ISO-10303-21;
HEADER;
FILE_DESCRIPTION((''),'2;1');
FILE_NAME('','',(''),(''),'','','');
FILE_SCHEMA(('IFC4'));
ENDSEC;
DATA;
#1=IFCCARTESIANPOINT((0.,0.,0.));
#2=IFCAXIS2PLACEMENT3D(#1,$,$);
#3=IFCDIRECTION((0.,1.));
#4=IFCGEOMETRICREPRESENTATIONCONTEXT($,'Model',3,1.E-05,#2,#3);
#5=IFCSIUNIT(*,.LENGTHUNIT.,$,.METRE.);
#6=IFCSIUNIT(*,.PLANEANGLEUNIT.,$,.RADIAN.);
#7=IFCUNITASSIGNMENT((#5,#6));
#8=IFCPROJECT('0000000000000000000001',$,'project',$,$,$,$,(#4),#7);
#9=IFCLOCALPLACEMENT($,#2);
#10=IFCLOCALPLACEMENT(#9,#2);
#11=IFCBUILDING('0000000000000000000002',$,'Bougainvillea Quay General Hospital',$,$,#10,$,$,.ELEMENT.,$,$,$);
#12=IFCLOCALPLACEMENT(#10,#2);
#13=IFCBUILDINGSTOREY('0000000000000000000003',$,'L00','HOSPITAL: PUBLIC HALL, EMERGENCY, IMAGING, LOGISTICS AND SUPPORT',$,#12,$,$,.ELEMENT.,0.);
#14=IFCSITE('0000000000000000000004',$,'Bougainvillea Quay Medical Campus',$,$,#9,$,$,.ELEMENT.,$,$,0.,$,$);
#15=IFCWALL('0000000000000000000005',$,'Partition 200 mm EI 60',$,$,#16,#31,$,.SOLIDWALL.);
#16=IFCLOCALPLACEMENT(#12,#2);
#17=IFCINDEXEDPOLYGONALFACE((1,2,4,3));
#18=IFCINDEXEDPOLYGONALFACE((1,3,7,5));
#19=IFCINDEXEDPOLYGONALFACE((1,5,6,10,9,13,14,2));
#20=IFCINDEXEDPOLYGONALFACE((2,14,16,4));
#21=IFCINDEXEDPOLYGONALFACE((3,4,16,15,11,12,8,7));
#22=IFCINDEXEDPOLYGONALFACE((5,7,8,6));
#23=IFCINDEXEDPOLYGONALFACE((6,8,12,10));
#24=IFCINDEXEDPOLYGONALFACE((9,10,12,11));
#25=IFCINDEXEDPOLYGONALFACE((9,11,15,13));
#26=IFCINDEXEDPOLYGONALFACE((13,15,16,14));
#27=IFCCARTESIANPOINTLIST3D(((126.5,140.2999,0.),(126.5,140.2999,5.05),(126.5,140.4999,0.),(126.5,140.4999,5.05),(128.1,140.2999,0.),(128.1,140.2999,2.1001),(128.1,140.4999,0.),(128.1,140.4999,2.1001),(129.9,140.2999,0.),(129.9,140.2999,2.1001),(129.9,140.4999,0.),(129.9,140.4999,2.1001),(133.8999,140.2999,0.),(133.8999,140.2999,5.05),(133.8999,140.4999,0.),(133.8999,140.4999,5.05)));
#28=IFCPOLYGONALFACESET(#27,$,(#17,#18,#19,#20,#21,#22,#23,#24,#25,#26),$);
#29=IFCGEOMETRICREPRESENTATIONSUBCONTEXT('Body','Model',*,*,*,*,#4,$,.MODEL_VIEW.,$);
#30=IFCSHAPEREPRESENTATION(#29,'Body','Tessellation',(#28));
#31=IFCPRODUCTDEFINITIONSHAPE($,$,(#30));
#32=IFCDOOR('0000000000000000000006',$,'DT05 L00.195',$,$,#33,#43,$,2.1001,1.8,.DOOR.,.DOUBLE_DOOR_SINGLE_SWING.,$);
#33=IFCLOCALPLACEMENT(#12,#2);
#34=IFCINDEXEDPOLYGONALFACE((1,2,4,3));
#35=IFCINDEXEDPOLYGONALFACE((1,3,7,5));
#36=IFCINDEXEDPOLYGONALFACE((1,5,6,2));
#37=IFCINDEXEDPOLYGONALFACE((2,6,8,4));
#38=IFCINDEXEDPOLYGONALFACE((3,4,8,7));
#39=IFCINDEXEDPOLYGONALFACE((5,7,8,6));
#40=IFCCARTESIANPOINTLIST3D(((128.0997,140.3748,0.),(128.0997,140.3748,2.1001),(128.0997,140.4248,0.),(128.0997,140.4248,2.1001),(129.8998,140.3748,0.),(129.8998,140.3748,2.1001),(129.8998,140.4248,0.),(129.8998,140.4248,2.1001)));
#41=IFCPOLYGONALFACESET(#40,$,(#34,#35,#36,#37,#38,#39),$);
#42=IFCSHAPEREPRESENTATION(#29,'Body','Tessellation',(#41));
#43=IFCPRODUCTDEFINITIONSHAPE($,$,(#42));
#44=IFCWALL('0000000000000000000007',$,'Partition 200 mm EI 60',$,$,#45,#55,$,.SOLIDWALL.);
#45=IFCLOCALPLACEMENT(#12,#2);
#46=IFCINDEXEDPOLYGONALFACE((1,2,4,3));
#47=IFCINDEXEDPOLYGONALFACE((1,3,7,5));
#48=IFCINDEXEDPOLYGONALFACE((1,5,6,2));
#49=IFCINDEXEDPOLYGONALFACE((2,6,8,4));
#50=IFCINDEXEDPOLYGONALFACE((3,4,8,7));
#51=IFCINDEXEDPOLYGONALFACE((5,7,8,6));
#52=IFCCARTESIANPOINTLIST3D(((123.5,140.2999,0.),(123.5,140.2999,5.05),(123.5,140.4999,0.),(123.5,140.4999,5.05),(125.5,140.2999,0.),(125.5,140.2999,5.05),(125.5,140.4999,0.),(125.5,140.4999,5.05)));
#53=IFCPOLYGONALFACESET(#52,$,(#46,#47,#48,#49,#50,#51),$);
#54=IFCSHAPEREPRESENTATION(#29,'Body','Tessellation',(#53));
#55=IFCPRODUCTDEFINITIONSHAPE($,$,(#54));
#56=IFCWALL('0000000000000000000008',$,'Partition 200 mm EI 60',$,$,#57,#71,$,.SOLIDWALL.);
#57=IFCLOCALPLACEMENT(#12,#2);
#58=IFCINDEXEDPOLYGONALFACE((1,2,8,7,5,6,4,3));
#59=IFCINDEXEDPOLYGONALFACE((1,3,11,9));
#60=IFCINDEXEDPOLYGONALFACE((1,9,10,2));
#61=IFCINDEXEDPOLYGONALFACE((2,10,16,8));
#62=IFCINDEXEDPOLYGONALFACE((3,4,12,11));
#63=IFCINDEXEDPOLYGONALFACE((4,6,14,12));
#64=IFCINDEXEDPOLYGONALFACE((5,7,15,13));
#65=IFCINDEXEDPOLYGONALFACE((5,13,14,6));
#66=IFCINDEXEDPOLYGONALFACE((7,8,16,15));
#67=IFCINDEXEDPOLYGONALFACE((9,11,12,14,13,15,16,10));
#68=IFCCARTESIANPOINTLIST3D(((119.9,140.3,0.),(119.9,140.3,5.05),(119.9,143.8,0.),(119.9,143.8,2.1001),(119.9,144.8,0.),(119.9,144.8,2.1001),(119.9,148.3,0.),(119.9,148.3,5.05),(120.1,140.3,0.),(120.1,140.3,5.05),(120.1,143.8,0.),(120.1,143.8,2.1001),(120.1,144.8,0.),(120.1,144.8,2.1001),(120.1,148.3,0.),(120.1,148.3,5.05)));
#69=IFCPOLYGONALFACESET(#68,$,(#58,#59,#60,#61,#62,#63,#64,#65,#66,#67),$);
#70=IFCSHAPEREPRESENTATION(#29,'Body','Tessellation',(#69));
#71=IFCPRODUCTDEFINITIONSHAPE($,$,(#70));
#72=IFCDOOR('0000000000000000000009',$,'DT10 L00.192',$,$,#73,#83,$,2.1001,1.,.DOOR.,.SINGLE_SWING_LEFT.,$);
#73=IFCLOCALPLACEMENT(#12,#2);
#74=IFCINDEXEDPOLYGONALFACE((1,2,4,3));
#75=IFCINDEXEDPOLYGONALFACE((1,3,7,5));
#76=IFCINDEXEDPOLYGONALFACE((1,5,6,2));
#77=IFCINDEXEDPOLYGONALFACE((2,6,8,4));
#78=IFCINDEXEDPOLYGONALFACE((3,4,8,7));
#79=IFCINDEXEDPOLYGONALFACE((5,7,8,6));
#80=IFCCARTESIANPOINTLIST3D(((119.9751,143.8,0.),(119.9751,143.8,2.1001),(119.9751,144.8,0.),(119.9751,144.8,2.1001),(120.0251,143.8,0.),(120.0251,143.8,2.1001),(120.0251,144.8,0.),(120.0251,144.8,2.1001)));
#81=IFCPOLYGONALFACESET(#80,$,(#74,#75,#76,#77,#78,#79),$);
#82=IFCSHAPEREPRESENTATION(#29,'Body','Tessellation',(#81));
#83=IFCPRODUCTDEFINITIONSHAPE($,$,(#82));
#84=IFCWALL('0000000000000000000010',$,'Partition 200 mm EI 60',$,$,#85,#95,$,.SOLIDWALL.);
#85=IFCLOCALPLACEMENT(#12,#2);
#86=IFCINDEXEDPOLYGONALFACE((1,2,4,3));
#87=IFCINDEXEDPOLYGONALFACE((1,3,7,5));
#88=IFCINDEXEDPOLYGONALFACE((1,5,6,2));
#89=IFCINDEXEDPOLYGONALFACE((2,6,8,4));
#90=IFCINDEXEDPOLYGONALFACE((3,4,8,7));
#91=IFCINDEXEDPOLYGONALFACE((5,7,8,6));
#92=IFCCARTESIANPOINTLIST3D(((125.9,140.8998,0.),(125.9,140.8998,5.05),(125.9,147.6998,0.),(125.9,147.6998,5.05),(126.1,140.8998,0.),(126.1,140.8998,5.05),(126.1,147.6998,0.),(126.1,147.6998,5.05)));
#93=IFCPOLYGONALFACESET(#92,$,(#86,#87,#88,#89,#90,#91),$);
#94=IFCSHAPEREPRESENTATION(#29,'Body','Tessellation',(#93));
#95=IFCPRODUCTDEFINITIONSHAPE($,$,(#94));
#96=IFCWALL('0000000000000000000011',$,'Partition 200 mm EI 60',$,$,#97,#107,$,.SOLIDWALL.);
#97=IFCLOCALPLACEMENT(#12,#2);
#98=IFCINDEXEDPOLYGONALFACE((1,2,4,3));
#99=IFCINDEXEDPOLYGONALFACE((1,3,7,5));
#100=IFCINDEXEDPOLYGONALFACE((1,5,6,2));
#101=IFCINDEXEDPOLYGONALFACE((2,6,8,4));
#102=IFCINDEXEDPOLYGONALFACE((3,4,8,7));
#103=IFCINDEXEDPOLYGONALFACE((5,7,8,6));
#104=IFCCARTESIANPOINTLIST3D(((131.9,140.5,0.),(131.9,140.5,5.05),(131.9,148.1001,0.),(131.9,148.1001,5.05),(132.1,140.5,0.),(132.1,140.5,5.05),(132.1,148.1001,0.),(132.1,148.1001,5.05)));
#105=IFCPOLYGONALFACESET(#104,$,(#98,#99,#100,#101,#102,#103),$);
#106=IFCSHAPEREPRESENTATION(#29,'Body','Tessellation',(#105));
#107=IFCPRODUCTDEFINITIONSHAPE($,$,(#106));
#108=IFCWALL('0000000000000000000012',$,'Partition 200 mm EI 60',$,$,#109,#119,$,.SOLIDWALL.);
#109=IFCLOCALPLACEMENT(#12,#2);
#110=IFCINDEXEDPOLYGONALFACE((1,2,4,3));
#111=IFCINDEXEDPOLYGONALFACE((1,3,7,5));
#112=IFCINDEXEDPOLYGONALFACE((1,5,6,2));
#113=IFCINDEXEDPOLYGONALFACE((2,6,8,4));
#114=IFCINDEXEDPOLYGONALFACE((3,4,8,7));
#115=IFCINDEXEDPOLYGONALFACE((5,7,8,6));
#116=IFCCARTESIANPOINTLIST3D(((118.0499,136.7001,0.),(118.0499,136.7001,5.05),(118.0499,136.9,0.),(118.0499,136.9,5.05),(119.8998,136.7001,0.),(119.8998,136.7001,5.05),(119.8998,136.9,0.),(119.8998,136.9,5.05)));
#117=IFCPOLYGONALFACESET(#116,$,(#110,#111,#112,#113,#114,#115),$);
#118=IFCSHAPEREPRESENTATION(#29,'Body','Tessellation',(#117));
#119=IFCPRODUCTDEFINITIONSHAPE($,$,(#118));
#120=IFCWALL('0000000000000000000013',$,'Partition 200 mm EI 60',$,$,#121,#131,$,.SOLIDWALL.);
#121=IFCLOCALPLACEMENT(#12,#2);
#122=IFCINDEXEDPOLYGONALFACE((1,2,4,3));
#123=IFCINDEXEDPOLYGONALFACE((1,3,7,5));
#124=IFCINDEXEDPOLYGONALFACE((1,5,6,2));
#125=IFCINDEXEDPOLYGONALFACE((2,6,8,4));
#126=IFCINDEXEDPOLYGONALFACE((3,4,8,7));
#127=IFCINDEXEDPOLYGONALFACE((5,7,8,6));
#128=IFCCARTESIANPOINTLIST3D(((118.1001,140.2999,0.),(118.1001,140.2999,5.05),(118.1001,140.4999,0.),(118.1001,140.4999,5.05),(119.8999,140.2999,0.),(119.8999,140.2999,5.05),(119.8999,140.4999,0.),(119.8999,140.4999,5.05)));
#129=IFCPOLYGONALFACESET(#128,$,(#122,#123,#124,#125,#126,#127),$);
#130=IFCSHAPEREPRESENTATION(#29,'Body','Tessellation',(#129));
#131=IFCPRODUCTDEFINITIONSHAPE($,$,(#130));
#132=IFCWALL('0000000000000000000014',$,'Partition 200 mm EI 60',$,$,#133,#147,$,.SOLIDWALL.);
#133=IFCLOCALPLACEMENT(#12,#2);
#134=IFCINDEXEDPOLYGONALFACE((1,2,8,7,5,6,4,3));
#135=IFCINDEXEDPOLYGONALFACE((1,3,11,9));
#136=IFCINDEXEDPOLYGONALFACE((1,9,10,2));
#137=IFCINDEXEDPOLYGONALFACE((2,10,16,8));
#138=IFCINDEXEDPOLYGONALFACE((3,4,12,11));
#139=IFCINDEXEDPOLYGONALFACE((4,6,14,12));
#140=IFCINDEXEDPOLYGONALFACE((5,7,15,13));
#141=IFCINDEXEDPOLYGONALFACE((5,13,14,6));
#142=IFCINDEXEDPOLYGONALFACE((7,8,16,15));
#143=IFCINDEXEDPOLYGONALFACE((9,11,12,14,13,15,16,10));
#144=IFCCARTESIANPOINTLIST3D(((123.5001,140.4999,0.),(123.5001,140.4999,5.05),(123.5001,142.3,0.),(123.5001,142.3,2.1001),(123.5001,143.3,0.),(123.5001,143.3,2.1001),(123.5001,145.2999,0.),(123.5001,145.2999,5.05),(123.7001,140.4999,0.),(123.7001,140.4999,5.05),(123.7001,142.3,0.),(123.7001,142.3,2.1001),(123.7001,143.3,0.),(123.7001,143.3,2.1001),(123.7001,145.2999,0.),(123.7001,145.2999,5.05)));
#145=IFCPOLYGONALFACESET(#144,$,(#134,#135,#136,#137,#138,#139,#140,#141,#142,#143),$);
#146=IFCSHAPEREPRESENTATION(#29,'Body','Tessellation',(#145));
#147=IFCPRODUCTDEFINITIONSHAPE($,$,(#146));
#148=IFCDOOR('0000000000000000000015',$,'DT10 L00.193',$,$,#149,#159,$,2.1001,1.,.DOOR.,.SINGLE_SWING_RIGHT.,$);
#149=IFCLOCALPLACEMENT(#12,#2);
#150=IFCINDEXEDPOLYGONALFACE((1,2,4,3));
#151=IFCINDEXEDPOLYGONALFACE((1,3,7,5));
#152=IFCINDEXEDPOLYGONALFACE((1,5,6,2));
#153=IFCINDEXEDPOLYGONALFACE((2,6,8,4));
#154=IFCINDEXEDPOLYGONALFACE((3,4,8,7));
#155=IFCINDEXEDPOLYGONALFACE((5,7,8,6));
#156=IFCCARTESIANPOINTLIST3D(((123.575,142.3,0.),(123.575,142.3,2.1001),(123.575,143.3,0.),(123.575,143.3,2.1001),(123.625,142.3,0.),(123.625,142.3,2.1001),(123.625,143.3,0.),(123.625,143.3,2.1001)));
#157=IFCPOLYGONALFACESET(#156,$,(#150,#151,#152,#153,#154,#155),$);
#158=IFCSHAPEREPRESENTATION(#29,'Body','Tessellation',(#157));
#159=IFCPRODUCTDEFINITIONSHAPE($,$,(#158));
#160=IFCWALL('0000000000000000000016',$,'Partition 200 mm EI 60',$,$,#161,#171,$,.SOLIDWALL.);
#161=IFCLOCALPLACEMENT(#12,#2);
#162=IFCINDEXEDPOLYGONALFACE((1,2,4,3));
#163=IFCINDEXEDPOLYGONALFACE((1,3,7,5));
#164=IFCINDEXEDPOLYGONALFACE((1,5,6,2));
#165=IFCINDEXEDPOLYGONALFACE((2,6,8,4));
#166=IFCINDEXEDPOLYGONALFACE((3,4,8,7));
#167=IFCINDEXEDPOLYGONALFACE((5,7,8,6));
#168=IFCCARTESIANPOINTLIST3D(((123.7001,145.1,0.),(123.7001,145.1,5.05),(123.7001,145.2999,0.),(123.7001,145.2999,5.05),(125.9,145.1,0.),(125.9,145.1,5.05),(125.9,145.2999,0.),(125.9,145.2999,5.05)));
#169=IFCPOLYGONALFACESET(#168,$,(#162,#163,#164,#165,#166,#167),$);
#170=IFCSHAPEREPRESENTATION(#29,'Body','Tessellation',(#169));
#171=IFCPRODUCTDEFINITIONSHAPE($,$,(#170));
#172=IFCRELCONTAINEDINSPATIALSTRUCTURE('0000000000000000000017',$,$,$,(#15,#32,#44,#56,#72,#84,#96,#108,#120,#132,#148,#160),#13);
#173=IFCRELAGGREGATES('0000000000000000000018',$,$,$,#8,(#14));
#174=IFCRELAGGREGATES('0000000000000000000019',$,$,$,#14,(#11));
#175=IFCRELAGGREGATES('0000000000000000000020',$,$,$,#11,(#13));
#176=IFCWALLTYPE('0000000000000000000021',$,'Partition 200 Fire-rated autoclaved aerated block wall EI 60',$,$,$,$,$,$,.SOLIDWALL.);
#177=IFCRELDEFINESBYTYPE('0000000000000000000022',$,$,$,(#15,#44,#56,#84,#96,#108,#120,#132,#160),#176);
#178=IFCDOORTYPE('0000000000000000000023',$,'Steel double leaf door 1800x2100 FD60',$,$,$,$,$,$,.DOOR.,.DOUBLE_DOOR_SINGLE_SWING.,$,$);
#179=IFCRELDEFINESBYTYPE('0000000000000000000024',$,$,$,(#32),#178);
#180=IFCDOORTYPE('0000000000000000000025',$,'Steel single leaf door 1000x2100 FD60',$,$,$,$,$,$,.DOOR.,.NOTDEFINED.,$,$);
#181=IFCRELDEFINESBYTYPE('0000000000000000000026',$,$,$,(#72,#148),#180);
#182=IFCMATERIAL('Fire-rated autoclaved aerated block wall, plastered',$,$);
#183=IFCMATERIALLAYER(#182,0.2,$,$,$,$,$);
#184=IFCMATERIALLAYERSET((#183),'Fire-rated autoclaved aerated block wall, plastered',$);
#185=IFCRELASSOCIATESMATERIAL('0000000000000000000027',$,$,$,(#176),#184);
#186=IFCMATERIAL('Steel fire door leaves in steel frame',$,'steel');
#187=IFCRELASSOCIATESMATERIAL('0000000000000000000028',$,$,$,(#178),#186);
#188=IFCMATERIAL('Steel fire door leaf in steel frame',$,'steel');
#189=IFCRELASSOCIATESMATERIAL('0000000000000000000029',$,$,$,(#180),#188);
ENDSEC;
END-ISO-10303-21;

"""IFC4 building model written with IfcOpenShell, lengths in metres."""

from ifc_helpers import new_model, si_unit, direction, frame, frame_2d, origin, place, context, subcontext, project, spatial, rectangle, extrude, material, layer, layer_set, type_object, element, fill, save


model = new_model("IFC4")

# Units and contexts
model_context = context("Model", 3, precision=1e-05, world=origin(), true_north=direction((0.0, 1.0)))
body_context = subcontext(model_context, "Body", "Model", "MODEL_VIEW")
ifc_project = project(units=[si_unit("LENGTHUNIT", "METRE"), si_unit("PLANEANGLEUNIT", "RADIAN")], contexts=[model_context])

# Site, building, storey
site_placement = place(None, origin())
site = spatial("IfcSite", under=ifc_project, at=site_placement, Name="Bougainvillea Quay Medical Campus", CompositionType="ELEMENT", RefElevation=0.0)
building_placement = place(site_placement, origin())
building = spatial("IfcBuilding", under=site, at=building_placement, Name="Bougainvillea Quay General Hospital", CompositionType="ELEMENT")
storey_placement = place(building_placement, origin())
storey = spatial("IfcBuildingStorey", under=building, at=storey_placement, Name="L00", Description="HOSPITAL: PUBLIC HALL, EMERGENCY, IMAGING, LOGISTICS AND SUPPORT", CompositionType="ELEMENT", Elevation=0.0)

# Wall, opening, door
ifc_material_1 = material(Name="Fire-rated autoclaved aerated block wall, plastered")
ifc_layer_1 = layer(ifc_material_1, 0.2)
ifc_layer_set_1 = layer_set([ifc_layer_1], Name="Fire-rated autoclaved aerated block wall, plastered")
wall_type_1 = type_object("IfcWallType", Name="Partition 200 Fire-rated autoclaved aerated block wall EI 60", PredefinedType="SOLIDWALL", material=ifc_layer_set_1)
wall_1_placement = place(storey_placement, frame((133.8999, 140.3999, 0.0), z_axis=(0.0, 0.0, 1.0), x_axis=(-1.0, 0.0, 0.0)))
wall_1 = element("IfcWall", 1, at=wall_1_placement, inside=storey, type_object=wall_type_1, Name="Partition 200 mm EI 60", PredefinedType="SOLIDWALL", context=body_context, shape_type="SweptSolid", body=[
    extrude(rectangle(XDim=7.3999, YDim=0.2, at=frame_2d((3.7, 0.0))), origin(), (0.0, 0.0, 1.0), 5.05),
])
opening_1_placement = place(wall_1_placement, frame((4.0, 0.0, 0.0)))
opening_1 = element("IfcOpeningElement", 2, at=opening_1_placement, cuts=wall_1, PredefinedType="OPENING", context=body_context, shape_type="SweptSolid", body=[
    extrude(rectangle(XDim=1.8, YDim=2.1001, at=frame_2d((0.8999, 1.05))), frame((0.0, 0.1099, 0.0), z_axis=(0.0, -1.0, 0.0), x_axis=(1.0, 0.0, 0.0)), (0.0, 0.0, 1.0), 0.22),
])
ifc_material_2 = material(Name="Steel fire door leaves in steel frame", Category="steel")
door_type_1 = type_object("IfcDoorType", Name="Steel double leaf door 1800x2100 FD60", OperationType="DOUBLE_DOOR_SINGLE_SWING", PredefinedType="DOOR", material=ifc_material_2)
door_1_placement = place(opening_1_placement, frame((1.8, 0.0, 0.0), z_axis=(0.0, 0.0, 1.0), x_axis=(-1.0, 0.0, 0.0)))
door_1 = element("IfcDoor", 3, at=door_1_placement, inside=storey, type_object=door_type_1, Name="DT05 L00.195", OperationType="DOUBLE_DOOR_SINGLE_SWING", OverallHeight=2.1001, OverallWidth=1.8, PredefinedType="DOOR", context=body_context, shape_type="SweptSolid", body=[
    extrude(rectangle(XDim=1.8, YDim=2.1001, at=frame_2d((0.8999, 1.05))), frame((0.0, 0.0249, 0.0), z_axis=(0.0, -1.0, 0.0), x_axis=(1.0, 0.0, 0.0)), (0.0, 0.0, 1.0), 0.05),
])
fill(opening_1, door_1)

# Wall
wall_2_placement = place(storey_placement, frame((125.5, 140.3999, 0.0), z_axis=(0.0, 0.0, 1.0), x_axis=(-1.0, 0.0, 0.0)))
element("IfcWall", 4, at=wall_2_placement, inside=storey, type_object=wall_type_1, Name="Partition 200 mm EI 60", PredefinedType="SOLIDWALL", context=body_context, shape_type="SweptSolid", body=[
    extrude(rectangle(XDim=2.0, YDim=0.2, at=frame_2d((1.0, 0.0))), origin(), (0.0, 0.0, 1.0), 5.05),
])

# Wall, opening, door
wall_3_placement = place(storey_placement, frame((120.0, 140.3, 0.0), z_axis=(0.0, 0.0, 1.0), x_axis=(0.0, 1.0, 0.0)))
wall_3 = element("IfcWall", 5, at=wall_3_placement, inside=storey, type_object=wall_type_1, Name="Partition 200 mm EI 60", PredefinedType="SOLIDWALL", context=body_context, shape_type="SweptSolid", body=[
    extrude(rectangle(XDim=8.0, YDim=0.2, at=frame_2d((4.0, 0.0))), origin(), (0.0, 0.0, 1.0), 5.05),
])
opening_2_placement = place(wall_3_placement, frame((3.5, 0.0, 0.0)))
opening_2 = element("IfcOpeningElement", 6, at=opening_2_placement, cuts=wall_3, PredefinedType="OPENING", context=body_context, shape_type="SweptSolid", body=[
    extrude(rectangle(XDim=1.0, YDim=2.1001, at=frame_2d((0.5, 1.05))), frame((0.0, 0.1099, 0.0), z_axis=(0.0, -1.0, 0.0), x_axis=(1.0, 0.0, 0.0)), (0.0, 0.0, 1.0), 0.22),
])
ifc_material_3 = material(Name="Steel fire door leaf in steel frame", Category="steel")
door_type_2 = type_object("IfcDoorType", Name="Steel single leaf door 1000x2100 FD60", OperationType="NOTDEFINED", PredefinedType="DOOR", material=ifc_material_3)
door_2_placement = place(opening_2_placement, origin())
door_2 = element("IfcDoor", 7, at=door_2_placement, inside=storey, type_object=door_type_2, Name="DT10 L00.192", OperationType="SINGLE_SWING_LEFT", OverallHeight=2.1001, OverallWidth=1.0, PredefinedType="DOOR", context=body_context, shape_type="SweptSolid", body=[
    extrude(rectangle(XDim=1.0, YDim=2.1001, at=frame_2d((0.5, 1.05))), frame((0.0, 0.0249, 0.0), z_axis=(0.0, -1.0, 0.0), x_axis=(1.0, 0.0, 0.0)), (0.0, 0.0, 1.0), 0.05),
])
fill(opening_2, door_2)

# Walls
wall_4_placement = place(storey_placement, frame((126.0, 140.8999, 0.0), z_axis=(0.0, 0.0, 1.0), x_axis=(0.0, 1.0, 0.0)))
element("IfcWall", 8, at=wall_4_placement, inside=storey, type_object=wall_type_1, Name="Partition 200 mm EI 60", PredefinedType="SOLIDWALL", context=body_context, shape_type="SweptSolid", body=[
    extrude(rectangle(XDim=6.8, YDim=0.2, at=frame_2d((3.3999, 0.0))), origin(), (0.0, 0.0, 1.0), 5.05),
])
wall_5_placement = place(storey_placement, frame((132.0, 140.5, 0.0), z_axis=(0.0, 0.0, 1.0), x_axis=(0.0, 1.0, 0.0)))
element("IfcWall", 9, at=wall_5_placement, inside=storey, type_object=wall_type_1, Name="Partition 200 mm EI 60", PredefinedType="SOLIDWALL", context=body_context, shape_type="SweptSolid", body=[
    extrude(rectangle(XDim=7.6001, YDim=0.2, at=frame_2d((3.8, 0.0))), origin(), (0.0, 0.0, 1.0), 5.05),
])
wall_6_placement = place(storey_placement, frame((118.05, 136.8, 0.0), z_axis=(0.0, 0.0, 1.0), x_axis=(1.0, 0.0, 0.0)))
element("IfcWall", 10, at=wall_6_placement, inside=storey, type_object=wall_type_1, Name="Partition 200 mm EI 60", PredefinedType="SOLIDWALL", context=body_context, shape_type="SweptSolid", body=[
    extrude(rectangle(XDim=1.8499, YDim=0.2, at=frame_2d((0.9248, 0.0))), origin(), (0.0, 0.0, 1.0), 5.05),
])
wall_7_placement = place(storey_placement, frame((118.1001, 140.3999, 0.0), z_axis=(0.0, 0.0, 1.0), x_axis=(1.0, 0.0, 0.0)))
element("IfcWall", 11, at=wall_7_placement, inside=storey, type_object=wall_type_1, Name="Partition 200 mm EI 60", PredefinedType="SOLIDWALL", context=body_context, shape_type="SweptSolid", body=[
    extrude(rectangle(XDim=1.7998, YDim=0.2, at=frame_2d((0.8999, 0.0))), origin(), (0.0, 0.0, 1.0), 5.05),
])

# Wall, opening, door
wall_8_placement = place(storey_placement, frame((123.6001, 140.5, 0.0), z_axis=(0.0, 0.0, 1.0), x_axis=(0.0, 1.0, 0.0)))
wall_8 = element("IfcWall", 12, at=wall_8_placement, inside=storey, type_object=wall_type_1, Name="Partition 200 mm EI 60", PredefinedType="SOLIDWALL", context=body_context, shape_type="SweptSolid", body=[
    extrude(rectangle(XDim=4.8, YDim=0.2, at=frame_2d((2.3999, 0.0))), origin(), (0.0, 0.0, 1.0), 5.05),
])
opening_3_placement = place(wall_8_placement, frame((1.8, 0.0, 0.0)))
opening_3 = element("IfcOpeningElement", 13, at=opening_3_placement, cuts=wall_8, PredefinedType="OPENING", context=body_context, shape_type="SweptSolid", body=[
    extrude(rectangle(XDim=1.0, YDim=2.1001, at=frame_2d((0.5, 1.05))), frame((0.0, 0.1099, 0.0), z_axis=(0.0, -1.0, 0.0), x_axis=(1.0, 0.0, 0.0)), (0.0, 0.0, 1.0), 0.22),
])
door_3_placement = place(opening_3_placement, frame((1.0, 0.0, 0.0), z_axis=(0.0, 0.0, 1.0), x_axis=(-1.0, 0.0, 0.0)))
door_3 = element("IfcDoor", 14, at=door_3_placement, inside=storey, type_object=door_type_2, Name="DT10 L00.193", OperationType="SINGLE_SWING_RIGHT", OverallHeight=2.1001, OverallWidth=1.0, PredefinedType="DOOR", context=body_context, shape_type="SweptSolid", body=[
    extrude(rectangle(XDim=1.0, YDim=2.1001, at=frame_2d((0.5, 1.05))), frame((0.0, 0.0249, 0.0), z_axis=(0.0, -1.0, 0.0), x_axis=(1.0, 0.0, 0.0)), (0.0, 0.0, 1.0), 0.05),
])
fill(opening_3, door_3)

# Wall
wall_9_placement = place(storey_placement, frame((123.7, 145.2, 0.0), z_axis=(0.0, 0.0, 1.0), x_axis=(1.0, 0.0, 0.0)))
element("IfcWall", 15, at=wall_9_placement, inside=storey, type_object=wall_type_1, Name="Partition 200 mm EI 60", PredefinedType="SOLIDWALL", context=body_context, shape_type="SweptSolid", body=[
    extrude(rectangle(XDim=2.2, YDim=0.2, at=frame_2d((1.1001, 0.0))), origin(), (0.0, 0.0, 1.0), 5.05),
])

save(model, "model.ifc")
